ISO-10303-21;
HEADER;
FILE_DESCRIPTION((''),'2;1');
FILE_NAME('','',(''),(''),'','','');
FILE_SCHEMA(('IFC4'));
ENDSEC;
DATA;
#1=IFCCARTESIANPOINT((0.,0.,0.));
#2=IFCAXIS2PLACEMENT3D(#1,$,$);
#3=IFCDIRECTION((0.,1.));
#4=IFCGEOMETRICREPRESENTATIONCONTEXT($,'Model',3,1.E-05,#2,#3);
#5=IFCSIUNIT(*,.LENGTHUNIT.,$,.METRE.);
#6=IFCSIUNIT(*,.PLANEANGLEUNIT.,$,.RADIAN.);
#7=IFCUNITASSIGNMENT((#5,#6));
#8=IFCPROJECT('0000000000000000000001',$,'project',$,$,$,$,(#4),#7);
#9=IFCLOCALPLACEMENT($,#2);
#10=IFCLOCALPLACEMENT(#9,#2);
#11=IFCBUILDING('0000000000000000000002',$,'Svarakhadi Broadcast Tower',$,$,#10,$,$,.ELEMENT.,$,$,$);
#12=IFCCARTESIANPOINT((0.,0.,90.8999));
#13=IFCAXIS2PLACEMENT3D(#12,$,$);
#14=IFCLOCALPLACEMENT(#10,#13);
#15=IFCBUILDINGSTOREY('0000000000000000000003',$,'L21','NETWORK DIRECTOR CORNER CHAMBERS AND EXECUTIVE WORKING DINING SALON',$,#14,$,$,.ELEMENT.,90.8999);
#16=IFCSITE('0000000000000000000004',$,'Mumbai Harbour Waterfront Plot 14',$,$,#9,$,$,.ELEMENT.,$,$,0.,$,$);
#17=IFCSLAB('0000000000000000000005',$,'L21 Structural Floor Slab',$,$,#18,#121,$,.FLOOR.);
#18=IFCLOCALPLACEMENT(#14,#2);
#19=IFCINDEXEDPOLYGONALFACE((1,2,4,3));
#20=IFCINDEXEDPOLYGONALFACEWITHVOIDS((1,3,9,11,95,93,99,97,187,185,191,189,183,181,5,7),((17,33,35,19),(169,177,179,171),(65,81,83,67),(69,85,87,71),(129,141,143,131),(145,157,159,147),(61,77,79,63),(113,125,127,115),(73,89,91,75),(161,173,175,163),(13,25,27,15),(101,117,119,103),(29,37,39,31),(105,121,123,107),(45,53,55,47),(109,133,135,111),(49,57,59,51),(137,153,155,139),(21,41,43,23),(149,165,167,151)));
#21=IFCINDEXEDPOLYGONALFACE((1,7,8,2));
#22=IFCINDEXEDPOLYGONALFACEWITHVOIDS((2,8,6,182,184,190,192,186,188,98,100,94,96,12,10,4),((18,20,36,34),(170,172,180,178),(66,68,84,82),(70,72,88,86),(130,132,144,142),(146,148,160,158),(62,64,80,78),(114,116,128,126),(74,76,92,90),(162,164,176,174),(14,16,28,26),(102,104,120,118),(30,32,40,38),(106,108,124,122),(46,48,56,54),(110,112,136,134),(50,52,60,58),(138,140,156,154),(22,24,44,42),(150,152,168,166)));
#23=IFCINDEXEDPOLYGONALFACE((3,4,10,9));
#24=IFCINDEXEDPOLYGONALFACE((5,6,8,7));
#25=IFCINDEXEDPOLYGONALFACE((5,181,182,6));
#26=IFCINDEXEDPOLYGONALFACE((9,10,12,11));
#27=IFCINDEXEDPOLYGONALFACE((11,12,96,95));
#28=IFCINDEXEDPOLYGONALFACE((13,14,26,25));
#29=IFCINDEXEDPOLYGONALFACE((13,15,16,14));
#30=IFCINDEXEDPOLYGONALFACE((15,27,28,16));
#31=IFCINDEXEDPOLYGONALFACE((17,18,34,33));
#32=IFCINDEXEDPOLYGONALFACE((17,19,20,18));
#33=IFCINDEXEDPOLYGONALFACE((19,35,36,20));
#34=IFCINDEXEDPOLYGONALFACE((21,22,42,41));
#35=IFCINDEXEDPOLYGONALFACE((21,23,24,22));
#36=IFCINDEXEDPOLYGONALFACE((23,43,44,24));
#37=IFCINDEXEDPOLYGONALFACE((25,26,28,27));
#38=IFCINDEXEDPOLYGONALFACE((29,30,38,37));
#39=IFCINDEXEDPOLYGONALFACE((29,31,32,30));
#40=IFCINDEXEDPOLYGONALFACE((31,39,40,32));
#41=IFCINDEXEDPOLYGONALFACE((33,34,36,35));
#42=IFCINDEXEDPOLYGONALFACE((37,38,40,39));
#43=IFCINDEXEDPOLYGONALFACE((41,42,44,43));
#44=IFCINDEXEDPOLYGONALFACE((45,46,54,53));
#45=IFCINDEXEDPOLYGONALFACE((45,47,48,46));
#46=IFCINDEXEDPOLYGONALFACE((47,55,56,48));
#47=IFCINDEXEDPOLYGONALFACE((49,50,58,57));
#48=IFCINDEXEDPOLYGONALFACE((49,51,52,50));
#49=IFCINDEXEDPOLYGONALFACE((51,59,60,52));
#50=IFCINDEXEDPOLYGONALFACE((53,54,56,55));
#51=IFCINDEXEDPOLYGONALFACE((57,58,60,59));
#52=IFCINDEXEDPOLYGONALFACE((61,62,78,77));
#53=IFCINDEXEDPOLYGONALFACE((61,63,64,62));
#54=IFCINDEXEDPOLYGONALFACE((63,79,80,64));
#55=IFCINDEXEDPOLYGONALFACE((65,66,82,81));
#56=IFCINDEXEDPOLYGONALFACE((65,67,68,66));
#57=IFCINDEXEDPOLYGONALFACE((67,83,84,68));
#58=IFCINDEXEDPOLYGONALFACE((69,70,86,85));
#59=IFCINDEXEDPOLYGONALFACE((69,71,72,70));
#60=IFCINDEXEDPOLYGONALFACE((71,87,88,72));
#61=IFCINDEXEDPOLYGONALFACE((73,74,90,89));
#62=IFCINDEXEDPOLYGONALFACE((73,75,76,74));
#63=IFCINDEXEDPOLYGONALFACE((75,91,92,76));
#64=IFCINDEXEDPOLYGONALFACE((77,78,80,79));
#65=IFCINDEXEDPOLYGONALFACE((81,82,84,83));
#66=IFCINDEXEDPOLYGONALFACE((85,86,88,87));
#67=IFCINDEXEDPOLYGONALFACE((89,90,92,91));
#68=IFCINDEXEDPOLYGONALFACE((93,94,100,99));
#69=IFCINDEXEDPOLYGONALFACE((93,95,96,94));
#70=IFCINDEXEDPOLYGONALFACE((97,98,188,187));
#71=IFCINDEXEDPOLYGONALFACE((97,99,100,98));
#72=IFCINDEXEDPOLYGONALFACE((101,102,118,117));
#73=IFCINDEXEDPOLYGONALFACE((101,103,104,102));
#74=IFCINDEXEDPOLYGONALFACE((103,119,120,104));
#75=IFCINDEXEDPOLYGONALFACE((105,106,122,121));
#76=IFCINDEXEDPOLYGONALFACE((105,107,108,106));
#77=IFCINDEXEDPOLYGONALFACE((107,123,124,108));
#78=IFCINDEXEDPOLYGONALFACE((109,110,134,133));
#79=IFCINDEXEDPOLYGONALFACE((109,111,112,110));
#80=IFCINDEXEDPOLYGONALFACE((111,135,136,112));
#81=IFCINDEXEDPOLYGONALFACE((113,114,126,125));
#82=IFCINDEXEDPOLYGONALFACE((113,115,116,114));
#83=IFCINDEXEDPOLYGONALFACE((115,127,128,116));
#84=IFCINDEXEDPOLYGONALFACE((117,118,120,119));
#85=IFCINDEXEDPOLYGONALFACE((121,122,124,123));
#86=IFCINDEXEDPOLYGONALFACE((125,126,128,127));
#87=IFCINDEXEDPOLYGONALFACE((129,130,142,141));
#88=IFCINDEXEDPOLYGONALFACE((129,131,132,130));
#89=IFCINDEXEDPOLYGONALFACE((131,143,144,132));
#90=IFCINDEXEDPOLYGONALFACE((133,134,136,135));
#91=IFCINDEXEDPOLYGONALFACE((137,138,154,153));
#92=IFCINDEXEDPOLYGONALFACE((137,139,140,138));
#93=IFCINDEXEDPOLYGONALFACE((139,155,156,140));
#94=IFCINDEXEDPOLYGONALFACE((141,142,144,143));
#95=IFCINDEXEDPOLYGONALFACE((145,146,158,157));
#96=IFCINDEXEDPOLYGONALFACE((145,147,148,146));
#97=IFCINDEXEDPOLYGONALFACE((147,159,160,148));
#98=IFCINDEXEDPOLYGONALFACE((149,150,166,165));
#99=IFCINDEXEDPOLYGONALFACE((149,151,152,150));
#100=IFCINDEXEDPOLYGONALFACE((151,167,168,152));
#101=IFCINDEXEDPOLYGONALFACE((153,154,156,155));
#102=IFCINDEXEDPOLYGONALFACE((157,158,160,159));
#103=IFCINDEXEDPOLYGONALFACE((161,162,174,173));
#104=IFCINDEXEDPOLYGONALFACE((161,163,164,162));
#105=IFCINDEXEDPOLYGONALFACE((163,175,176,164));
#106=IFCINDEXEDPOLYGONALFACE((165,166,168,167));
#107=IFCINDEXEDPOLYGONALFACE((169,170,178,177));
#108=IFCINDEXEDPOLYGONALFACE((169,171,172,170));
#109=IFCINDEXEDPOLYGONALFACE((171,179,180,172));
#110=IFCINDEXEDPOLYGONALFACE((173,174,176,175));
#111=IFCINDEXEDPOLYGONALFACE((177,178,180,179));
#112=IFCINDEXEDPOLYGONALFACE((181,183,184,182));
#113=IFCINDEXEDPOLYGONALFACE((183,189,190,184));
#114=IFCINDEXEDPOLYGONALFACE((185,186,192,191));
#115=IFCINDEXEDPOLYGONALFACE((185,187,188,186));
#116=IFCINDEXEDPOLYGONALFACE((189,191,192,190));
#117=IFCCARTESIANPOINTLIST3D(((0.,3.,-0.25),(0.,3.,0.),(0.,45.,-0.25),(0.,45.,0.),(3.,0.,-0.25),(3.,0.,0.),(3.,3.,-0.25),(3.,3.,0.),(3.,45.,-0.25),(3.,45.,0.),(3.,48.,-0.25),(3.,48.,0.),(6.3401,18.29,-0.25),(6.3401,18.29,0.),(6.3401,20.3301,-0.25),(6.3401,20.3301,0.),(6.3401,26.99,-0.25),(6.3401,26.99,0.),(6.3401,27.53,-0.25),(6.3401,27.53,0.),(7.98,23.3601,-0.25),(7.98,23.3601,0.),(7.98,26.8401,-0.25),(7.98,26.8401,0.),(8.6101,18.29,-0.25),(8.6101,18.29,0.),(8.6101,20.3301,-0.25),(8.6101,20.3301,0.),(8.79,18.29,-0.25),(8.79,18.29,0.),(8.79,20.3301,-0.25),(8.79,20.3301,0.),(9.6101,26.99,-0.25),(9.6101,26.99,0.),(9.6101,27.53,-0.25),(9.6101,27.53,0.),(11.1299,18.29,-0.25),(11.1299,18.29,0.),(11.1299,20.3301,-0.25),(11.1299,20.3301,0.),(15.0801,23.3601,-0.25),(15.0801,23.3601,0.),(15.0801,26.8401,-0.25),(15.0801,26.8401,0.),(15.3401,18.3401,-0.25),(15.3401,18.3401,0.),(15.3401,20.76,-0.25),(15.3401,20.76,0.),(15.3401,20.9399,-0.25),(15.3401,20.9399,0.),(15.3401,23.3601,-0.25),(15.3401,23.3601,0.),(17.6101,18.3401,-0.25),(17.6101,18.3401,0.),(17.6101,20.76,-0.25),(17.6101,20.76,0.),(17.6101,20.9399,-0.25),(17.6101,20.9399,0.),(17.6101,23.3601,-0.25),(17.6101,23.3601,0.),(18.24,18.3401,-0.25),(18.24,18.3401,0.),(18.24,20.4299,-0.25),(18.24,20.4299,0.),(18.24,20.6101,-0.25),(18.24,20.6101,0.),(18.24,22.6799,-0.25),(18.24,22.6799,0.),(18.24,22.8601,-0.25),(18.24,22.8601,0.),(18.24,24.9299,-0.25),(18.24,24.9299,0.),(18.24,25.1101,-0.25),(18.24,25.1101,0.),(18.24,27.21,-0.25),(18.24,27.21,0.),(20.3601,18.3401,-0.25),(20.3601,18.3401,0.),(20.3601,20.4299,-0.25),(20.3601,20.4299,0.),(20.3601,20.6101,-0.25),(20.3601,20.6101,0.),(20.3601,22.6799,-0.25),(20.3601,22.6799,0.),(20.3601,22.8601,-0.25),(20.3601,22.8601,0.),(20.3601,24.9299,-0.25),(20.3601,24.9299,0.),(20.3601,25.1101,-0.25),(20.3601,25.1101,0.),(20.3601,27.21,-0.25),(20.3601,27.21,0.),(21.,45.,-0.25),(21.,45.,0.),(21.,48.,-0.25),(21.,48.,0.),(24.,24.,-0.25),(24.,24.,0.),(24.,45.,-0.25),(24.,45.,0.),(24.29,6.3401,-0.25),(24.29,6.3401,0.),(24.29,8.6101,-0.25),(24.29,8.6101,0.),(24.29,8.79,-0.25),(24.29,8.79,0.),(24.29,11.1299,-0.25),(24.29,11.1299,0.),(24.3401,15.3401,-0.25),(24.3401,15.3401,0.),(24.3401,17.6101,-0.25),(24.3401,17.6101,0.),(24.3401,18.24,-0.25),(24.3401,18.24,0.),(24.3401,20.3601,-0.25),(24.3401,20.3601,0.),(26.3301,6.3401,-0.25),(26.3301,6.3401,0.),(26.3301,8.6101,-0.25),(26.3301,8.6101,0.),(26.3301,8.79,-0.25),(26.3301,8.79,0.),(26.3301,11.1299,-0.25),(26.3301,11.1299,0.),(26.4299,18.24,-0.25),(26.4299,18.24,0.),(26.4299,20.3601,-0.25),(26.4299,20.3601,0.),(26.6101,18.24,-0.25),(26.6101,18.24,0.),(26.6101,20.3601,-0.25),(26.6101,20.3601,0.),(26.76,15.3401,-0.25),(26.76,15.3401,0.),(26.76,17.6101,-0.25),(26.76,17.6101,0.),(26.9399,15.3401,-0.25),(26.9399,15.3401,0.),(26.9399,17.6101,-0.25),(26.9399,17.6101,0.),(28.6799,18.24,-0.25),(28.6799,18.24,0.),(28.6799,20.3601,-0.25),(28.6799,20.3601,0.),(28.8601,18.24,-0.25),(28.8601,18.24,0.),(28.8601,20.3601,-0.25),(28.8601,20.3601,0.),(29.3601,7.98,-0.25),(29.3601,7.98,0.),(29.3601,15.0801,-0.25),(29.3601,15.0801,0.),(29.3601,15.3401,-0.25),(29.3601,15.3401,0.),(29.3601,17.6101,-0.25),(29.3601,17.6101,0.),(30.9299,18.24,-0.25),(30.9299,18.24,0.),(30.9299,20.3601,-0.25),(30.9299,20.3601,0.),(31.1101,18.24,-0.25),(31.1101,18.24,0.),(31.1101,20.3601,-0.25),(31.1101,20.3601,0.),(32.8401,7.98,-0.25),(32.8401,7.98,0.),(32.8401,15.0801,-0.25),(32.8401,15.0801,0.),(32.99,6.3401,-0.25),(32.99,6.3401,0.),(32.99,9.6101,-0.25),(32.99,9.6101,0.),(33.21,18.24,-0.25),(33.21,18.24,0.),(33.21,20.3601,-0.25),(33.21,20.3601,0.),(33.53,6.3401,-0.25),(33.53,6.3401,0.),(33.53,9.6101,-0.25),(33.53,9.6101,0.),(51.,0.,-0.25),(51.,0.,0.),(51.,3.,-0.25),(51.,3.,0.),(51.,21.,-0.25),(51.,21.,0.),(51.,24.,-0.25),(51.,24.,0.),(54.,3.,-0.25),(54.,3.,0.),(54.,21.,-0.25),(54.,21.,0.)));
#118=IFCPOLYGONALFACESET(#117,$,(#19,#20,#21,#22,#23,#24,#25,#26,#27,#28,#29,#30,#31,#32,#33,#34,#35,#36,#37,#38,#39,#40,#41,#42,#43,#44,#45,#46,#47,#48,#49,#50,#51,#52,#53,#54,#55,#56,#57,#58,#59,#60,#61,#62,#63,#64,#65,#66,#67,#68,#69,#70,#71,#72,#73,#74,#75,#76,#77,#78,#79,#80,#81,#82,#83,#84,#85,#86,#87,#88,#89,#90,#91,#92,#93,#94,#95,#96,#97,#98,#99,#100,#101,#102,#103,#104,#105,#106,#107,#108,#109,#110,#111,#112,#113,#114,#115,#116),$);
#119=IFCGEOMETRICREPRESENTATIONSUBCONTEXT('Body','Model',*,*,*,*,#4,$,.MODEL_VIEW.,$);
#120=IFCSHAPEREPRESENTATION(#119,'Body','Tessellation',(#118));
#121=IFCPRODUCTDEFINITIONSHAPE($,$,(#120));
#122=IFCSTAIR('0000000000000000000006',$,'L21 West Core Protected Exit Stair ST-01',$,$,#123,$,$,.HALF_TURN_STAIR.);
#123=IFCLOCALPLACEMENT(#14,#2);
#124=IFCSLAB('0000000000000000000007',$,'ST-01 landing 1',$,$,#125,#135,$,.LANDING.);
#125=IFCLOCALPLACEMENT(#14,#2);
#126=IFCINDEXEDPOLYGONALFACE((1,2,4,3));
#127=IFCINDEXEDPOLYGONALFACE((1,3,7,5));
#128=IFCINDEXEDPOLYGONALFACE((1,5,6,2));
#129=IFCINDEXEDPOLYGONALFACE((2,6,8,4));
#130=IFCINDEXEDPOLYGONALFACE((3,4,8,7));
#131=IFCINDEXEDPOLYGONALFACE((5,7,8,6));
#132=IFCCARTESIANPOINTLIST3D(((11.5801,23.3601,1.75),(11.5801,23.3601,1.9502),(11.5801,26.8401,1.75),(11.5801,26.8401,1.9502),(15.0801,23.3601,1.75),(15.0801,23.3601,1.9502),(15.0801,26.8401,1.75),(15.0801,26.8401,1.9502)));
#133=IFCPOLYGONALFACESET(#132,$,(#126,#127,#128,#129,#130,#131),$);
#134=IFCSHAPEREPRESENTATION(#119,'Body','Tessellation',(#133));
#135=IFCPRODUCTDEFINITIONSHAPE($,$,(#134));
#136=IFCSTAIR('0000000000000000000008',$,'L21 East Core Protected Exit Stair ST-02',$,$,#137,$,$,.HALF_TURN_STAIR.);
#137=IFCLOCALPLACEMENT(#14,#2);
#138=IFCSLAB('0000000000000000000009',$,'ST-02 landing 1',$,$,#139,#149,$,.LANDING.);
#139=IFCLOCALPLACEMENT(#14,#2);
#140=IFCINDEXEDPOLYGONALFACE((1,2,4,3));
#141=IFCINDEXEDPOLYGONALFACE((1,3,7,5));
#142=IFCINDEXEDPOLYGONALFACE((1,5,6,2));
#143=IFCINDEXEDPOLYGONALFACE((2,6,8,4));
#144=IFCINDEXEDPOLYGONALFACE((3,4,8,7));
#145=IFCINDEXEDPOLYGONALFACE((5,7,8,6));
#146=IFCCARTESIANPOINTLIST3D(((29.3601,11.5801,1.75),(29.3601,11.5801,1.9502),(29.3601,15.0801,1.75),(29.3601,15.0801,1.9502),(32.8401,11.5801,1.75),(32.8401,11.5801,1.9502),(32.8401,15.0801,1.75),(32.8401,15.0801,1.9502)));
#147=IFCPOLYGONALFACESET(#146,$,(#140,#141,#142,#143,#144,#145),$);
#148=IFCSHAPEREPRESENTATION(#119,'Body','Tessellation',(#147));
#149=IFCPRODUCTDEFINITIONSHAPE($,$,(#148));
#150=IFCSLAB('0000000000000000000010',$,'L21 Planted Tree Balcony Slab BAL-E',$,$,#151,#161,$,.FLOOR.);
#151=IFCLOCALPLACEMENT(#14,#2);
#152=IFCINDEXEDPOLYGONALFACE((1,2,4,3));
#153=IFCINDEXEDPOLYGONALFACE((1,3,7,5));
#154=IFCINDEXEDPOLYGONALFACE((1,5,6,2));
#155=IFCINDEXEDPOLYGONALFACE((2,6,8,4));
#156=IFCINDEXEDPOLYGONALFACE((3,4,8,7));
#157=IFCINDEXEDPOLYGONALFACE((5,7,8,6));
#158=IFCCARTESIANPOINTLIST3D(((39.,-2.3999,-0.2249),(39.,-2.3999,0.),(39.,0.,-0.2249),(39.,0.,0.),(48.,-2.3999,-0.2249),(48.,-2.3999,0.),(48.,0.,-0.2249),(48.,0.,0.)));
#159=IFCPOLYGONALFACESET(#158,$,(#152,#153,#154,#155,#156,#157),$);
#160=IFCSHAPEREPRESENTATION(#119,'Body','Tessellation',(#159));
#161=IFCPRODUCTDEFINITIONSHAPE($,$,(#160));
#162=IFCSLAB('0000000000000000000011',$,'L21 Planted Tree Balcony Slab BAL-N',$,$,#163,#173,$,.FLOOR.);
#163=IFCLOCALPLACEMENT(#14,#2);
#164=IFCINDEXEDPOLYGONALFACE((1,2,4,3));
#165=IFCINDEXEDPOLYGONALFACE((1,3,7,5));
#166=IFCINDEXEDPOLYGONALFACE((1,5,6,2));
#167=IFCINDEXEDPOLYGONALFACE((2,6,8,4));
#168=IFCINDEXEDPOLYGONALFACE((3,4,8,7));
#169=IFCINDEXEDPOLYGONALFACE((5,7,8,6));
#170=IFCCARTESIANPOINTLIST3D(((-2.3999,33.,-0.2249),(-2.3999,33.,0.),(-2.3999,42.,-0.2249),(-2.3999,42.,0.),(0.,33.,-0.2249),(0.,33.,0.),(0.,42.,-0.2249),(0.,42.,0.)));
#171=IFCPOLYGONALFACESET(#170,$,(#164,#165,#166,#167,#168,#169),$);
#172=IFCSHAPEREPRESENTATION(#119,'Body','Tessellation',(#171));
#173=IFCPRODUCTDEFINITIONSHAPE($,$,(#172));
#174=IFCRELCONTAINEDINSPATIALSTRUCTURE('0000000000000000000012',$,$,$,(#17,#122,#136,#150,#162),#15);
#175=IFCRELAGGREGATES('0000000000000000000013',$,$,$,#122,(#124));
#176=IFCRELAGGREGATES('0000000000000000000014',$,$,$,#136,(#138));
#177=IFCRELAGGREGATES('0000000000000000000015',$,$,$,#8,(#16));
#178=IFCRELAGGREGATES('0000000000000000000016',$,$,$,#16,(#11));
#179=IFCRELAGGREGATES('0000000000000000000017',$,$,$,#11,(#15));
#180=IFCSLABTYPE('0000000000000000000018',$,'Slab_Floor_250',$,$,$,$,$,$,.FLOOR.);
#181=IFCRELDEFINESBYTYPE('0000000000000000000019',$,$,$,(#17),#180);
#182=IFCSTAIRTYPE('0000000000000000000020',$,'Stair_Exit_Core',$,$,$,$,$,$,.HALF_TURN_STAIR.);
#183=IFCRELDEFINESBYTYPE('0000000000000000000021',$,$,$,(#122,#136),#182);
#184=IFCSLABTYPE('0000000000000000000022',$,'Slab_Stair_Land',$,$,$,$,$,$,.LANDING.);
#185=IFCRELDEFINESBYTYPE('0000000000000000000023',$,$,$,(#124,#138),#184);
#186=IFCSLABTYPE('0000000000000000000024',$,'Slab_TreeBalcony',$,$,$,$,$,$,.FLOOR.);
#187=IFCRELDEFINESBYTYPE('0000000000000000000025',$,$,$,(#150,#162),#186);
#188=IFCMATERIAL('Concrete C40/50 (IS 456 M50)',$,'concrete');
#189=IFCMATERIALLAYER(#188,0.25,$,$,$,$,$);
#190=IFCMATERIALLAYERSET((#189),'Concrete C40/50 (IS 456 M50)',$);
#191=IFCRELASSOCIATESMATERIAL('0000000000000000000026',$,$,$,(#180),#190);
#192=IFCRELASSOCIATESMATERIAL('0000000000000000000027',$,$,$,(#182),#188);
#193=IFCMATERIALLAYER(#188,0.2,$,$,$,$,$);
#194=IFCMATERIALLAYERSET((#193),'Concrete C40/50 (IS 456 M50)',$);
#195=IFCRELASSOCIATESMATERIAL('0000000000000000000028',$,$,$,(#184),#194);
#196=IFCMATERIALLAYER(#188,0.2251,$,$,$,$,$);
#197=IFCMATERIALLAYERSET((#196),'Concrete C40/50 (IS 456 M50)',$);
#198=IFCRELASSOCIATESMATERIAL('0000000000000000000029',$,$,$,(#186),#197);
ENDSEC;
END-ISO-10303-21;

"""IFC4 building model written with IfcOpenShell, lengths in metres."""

from ifc_helpers import new_model, si_unit, direction, frame, origin, place, context, subcontext, project, spatial, polyline, outline, extrude, material, layer, layer_set, type_object, element, aggregate, save


model = new_model("IFC4")

# Units and contexts
model_context = context("Model", 3, precision=1e-05, world=origin(), true_north=direction((0.0, 1.0)))
body_context = subcontext(model_context, "Body", "Model", "MODEL_VIEW")
ifc_project = project(units=[si_unit("LENGTHUNIT", "METRE"), si_unit("PLANEANGLEUNIT", "RADIAN")], contexts=[model_context])

# Site, building, storey
site_placement = place(None, origin())
site = spatial("IfcSite", under=ifc_project, at=site_placement, Name="Mumbai Harbour Waterfront Plot 14", CompositionType="ELEMENT", RefElevation=0.0)
building_placement = place(site_placement, origin())
building = spatial("IfcBuilding", under=site, at=building_placement, Name="Svarakhadi Broadcast Tower", CompositionType="ELEMENT")
storey_placement = place(building_placement, frame((0.0, 0.0, 90.8999)))
storey = spatial("IfcBuildingStorey", under=building, at=storey_placement, Name="L21", Description="NETWORK DIRECTOR CORNER CHAMBERS AND EXECUTIVE WORKING DINING SALON", CompositionType="ELEMENT", Elevation=90.8999)

# Slab
ifc_material_1 = material(Name="Concrete C40/50 (IS 456 M50)", Category="concrete")
ifc_layer_1 = layer(ifc_material_1, 0.25)
ifc_layer_set_1 = layer_set([ifc_layer_1], Name="Concrete C40/50 (IS 456 M50)")
slab_type_1 = type_object("IfcSlabType", Name="Slab_Floor_250", PredefinedType="FLOOR", material=ifc_layer_set_1)
slab_1_placement = place(storey_placement, frame((0.0, 0.0, -0.25)))
element("IfcSlab", 1, at=slab_1_placement, inside=storey, type_object=slab_type_1, Name="L21 Structural Floor Slab", PredefinedType="FLOOR", context=body_context, shape_type="SweptSolid", body=[
    extrude(outline(polyline([(3.0, 0.0), (51.0, 0.0), (51.0, 3.0), (54.0, 3.0), (54.0, 21.0), (51.0, 21.0), (51.0, 24.0), (24.0, 24.0), (24.0, 45.0), (21.0, 45.0), (21.0, 48.0), (3.0, 48.0), (3.0, 45.0), (0.0, 45.0), (0.0, 3.0), (3.0, 3.0), (3.0, 0.0)]), holes=[polyline([(7.98, 23.3601), (15.0801, 23.3601), (15.0801, 26.8401), (7.98, 26.8401), (7.98, 23.3601)]), polyline([(32.8401, 7.98), (32.8401, 15.0801), (29.3601, 15.0801), (29.3601, 7.98), (32.8401, 7.98)]), polyline([(6.3401, 18.29), (8.6101, 18.29), (8.6101, 20.3301), (6.3401, 20.3301), (6.3401, 18.29)]), polyline([(8.79, 18.29), (11.1299, 18.29), (11.1299, 20.3301), (8.79, 20.3301), (8.79, 18.29)]), polyline([(24.29, 6.3401), (26.3301, 6.3401), (26.3301, 8.6101), (24.29, 8.6101), (24.29, 6.3401)]), polyline([(24.29, 8.79), (26.3301, 8.79), (26.3301, 11.1299), (24.29, 11.1299), (24.29, 8.79)]), polyline([(6.3401, 26.99), (9.6101, 26.99), (9.6101, 27.53), (6.3401, 27.53), (6.3401, 26.99)]), polyline([(32.99, 6.3401), (33.53, 6.3401), (33.53, 9.6101), (32.99, 9.6101), (32.99, 6.3401)]), polyline([(15.3401, 18.3401), (17.6101, 18.3401), (17.6101, 20.76), (15.3401, 20.76), (15.3401, 18.3401)]), polyline([(15.3401, 20.9399), (17.6101, 20.9399), (17.6101, 23.3601), (15.3401, 23.3601), (15.3401, 20.9399)]), polyline([(24.3401, 15.3401), (26.76, 15.3401), (26.76, 17.6101), (24.3401, 17.6101), (24.3401, 15.3401)]), polyline([(26.9399, 15.3401), (29.3601, 15.3401), (29.3601, 17.6101), (26.9399, 17.6101), (26.9399, 15.3401)]), polyline([(18.24, 18.3401), (20.3601, 18.3401), (20.3601, 20.4299), (18.24, 20.4299), (18.24, 18.3401)]), polyline([(18.24, 20.6101), (20.3601, 20.6101), (20.3601, 22.6799), (18.24, 22.6799), (18.24, 20.6101)]), polyline([(18.24, 22.8601), (20.3601, 22.8601), (20.3601, 24.9299), (18.24, 24.9299), (18.24, 22.8601)]), polyline([(18.24, 25.1101), (20.3601, 25.1101), (20.3601, 27.21), (18.24, 27.21), (18.24, 25.1101)]), polyline([(24.3401, 18.24), (26.4299, 18.24), (26.4299, 20.3601), (24.3401, 20.3601), (24.3401, 18.24)]), polyline([(26.6101, 18.24), (28.6799, 18.24), (28.6799, 20.3601), (26.6101, 20.3601), (26.6101, 18.24)]), polyline([(28.8601, 18.24), (30.9299, 18.24), (30.9299, 20.3601), (28.8601, 20.3601), (28.8601, 18.24)]), polyline([(31.1101, 18.24), (33.21, 18.24), (33.21, 20.3601), (31.1101, 20.3601), (31.1101, 18.24)])]), origin(), (0.0, 0.0, 1.0), 0.25),
])

# Stairs, slabs
stair_type = type_object("IfcStairType", Name="Stair_Exit_Core", PredefinedType="HALF_TURN_STAIR", material=ifc_material_1)
stair_1_placement = place(storey_placement, origin())
stair_1 = element("IfcStair", 2, at=stair_1_placement, inside=storey, type_object=stair_type, Name="L21 West Core Protected Exit Stair ST-01", PredefinedType="HALF_TURN_STAIR")
ifc_layer_2 = layer(ifc_material_1, 0.2)
ifc_layer_set_2 = layer_set([ifc_layer_2], Name="Concrete C40/50 (IS 456 M50)")
slab_type_2 = type_object("IfcSlabType", Name="Slab_Stair_Land", PredefinedType="LANDING", material=ifc_layer_set_2)
slab_2_placement = place(storey_placement, frame((0.0, 0.0, 1.75)))
slab_2 = element("IfcSlab", 3, at=slab_2_placement, type_object=slab_type_2, Name="ST-01 landing 1", PredefinedType="LANDING", context=body_context, shape_type="SweptSolid", body=[
    extrude(outline(polyline([(11.5801, 23.3601), (15.0801, 23.3601), (15.0801, 26.8401), (11.5801, 26.8401), (11.5801, 23.3601)])), origin(), (0.0, 0.0, 1.0), 0.2002),
])
aggregate(stair_1, [slab_2])
stair_2_placement = place(storey_placement, origin())
stair_2 = element("IfcStair", 4, at=stair_2_placement, inside=storey, type_object=stair_type, Name="L21 East Core Protected Exit Stair ST-02", PredefinedType="HALF_TURN_STAIR")
slab_3_placement = place(storey_placement, frame((0.0, 0.0, 1.75)))
slab_3 = element("IfcSlab", 5, at=slab_3_placement, type_object=slab_type_2, Name="ST-02 landing 1", PredefinedType="LANDING", context=body_context, shape_type="SweptSolid", body=[
    extrude(outline(polyline([(32.8401, 11.5801), (32.8401, 15.0801), (29.3601, 15.0801), (29.3601, 11.5801), (32.8401, 11.5801)])), origin(), (0.0, 0.0, 1.0), 0.2002),
])
aggregate(stair_2, [slab_3])

# Slabs
ifc_layer_3 = layer(ifc_material_1, 0.2251)
ifc_layer_set_3 = layer_set([ifc_layer_3], Name="Concrete C40/50 (IS 456 M50)")
slab_type_3 = type_object("IfcSlabType", Name="Slab_TreeBalcony", PredefinedType="FLOOR", material=ifc_layer_set_3)
slab_4_placement = place(storey_placement, frame((0.0, 0.0, -0.2249)))
element("IfcSlab", 6, at=slab_4_placement, inside=storey, type_object=slab_type_3, Name="L21 Planted Tree Balcony Slab BAL-E", PredefinedType="FLOOR", context=body_context, shape_type="SweptSolid", body=[
    extrude(outline(polyline([(39.0, -2.3999), (48.0, -2.3999), (48.0, 0.0), (39.0, 0.0), (39.0, -2.3999)])), origin(), (0.0, 0.0, 1.0), 0.2249),
])
slab_5_placement = place(storey_placement, frame((0.0, 0.0, -0.2249)))
element("IfcSlab", 7, at=slab_5_placement, inside=storey, type_object=slab_type_3, Name="L21 Planted Tree Balcony Slab BAL-N", PredefinedType="FLOOR", context=body_context, shape_type="SweptSolid", body=[
    extrude(outline(polyline([(-2.3999, 33.0), (0.0, 33.0), (0.0, 42.0), (-2.3999, 42.0), (-2.3999, 33.0)])), origin(), (0.0, 0.0, 1.0), 0.2249),
])

save(model, "model.ifc")
